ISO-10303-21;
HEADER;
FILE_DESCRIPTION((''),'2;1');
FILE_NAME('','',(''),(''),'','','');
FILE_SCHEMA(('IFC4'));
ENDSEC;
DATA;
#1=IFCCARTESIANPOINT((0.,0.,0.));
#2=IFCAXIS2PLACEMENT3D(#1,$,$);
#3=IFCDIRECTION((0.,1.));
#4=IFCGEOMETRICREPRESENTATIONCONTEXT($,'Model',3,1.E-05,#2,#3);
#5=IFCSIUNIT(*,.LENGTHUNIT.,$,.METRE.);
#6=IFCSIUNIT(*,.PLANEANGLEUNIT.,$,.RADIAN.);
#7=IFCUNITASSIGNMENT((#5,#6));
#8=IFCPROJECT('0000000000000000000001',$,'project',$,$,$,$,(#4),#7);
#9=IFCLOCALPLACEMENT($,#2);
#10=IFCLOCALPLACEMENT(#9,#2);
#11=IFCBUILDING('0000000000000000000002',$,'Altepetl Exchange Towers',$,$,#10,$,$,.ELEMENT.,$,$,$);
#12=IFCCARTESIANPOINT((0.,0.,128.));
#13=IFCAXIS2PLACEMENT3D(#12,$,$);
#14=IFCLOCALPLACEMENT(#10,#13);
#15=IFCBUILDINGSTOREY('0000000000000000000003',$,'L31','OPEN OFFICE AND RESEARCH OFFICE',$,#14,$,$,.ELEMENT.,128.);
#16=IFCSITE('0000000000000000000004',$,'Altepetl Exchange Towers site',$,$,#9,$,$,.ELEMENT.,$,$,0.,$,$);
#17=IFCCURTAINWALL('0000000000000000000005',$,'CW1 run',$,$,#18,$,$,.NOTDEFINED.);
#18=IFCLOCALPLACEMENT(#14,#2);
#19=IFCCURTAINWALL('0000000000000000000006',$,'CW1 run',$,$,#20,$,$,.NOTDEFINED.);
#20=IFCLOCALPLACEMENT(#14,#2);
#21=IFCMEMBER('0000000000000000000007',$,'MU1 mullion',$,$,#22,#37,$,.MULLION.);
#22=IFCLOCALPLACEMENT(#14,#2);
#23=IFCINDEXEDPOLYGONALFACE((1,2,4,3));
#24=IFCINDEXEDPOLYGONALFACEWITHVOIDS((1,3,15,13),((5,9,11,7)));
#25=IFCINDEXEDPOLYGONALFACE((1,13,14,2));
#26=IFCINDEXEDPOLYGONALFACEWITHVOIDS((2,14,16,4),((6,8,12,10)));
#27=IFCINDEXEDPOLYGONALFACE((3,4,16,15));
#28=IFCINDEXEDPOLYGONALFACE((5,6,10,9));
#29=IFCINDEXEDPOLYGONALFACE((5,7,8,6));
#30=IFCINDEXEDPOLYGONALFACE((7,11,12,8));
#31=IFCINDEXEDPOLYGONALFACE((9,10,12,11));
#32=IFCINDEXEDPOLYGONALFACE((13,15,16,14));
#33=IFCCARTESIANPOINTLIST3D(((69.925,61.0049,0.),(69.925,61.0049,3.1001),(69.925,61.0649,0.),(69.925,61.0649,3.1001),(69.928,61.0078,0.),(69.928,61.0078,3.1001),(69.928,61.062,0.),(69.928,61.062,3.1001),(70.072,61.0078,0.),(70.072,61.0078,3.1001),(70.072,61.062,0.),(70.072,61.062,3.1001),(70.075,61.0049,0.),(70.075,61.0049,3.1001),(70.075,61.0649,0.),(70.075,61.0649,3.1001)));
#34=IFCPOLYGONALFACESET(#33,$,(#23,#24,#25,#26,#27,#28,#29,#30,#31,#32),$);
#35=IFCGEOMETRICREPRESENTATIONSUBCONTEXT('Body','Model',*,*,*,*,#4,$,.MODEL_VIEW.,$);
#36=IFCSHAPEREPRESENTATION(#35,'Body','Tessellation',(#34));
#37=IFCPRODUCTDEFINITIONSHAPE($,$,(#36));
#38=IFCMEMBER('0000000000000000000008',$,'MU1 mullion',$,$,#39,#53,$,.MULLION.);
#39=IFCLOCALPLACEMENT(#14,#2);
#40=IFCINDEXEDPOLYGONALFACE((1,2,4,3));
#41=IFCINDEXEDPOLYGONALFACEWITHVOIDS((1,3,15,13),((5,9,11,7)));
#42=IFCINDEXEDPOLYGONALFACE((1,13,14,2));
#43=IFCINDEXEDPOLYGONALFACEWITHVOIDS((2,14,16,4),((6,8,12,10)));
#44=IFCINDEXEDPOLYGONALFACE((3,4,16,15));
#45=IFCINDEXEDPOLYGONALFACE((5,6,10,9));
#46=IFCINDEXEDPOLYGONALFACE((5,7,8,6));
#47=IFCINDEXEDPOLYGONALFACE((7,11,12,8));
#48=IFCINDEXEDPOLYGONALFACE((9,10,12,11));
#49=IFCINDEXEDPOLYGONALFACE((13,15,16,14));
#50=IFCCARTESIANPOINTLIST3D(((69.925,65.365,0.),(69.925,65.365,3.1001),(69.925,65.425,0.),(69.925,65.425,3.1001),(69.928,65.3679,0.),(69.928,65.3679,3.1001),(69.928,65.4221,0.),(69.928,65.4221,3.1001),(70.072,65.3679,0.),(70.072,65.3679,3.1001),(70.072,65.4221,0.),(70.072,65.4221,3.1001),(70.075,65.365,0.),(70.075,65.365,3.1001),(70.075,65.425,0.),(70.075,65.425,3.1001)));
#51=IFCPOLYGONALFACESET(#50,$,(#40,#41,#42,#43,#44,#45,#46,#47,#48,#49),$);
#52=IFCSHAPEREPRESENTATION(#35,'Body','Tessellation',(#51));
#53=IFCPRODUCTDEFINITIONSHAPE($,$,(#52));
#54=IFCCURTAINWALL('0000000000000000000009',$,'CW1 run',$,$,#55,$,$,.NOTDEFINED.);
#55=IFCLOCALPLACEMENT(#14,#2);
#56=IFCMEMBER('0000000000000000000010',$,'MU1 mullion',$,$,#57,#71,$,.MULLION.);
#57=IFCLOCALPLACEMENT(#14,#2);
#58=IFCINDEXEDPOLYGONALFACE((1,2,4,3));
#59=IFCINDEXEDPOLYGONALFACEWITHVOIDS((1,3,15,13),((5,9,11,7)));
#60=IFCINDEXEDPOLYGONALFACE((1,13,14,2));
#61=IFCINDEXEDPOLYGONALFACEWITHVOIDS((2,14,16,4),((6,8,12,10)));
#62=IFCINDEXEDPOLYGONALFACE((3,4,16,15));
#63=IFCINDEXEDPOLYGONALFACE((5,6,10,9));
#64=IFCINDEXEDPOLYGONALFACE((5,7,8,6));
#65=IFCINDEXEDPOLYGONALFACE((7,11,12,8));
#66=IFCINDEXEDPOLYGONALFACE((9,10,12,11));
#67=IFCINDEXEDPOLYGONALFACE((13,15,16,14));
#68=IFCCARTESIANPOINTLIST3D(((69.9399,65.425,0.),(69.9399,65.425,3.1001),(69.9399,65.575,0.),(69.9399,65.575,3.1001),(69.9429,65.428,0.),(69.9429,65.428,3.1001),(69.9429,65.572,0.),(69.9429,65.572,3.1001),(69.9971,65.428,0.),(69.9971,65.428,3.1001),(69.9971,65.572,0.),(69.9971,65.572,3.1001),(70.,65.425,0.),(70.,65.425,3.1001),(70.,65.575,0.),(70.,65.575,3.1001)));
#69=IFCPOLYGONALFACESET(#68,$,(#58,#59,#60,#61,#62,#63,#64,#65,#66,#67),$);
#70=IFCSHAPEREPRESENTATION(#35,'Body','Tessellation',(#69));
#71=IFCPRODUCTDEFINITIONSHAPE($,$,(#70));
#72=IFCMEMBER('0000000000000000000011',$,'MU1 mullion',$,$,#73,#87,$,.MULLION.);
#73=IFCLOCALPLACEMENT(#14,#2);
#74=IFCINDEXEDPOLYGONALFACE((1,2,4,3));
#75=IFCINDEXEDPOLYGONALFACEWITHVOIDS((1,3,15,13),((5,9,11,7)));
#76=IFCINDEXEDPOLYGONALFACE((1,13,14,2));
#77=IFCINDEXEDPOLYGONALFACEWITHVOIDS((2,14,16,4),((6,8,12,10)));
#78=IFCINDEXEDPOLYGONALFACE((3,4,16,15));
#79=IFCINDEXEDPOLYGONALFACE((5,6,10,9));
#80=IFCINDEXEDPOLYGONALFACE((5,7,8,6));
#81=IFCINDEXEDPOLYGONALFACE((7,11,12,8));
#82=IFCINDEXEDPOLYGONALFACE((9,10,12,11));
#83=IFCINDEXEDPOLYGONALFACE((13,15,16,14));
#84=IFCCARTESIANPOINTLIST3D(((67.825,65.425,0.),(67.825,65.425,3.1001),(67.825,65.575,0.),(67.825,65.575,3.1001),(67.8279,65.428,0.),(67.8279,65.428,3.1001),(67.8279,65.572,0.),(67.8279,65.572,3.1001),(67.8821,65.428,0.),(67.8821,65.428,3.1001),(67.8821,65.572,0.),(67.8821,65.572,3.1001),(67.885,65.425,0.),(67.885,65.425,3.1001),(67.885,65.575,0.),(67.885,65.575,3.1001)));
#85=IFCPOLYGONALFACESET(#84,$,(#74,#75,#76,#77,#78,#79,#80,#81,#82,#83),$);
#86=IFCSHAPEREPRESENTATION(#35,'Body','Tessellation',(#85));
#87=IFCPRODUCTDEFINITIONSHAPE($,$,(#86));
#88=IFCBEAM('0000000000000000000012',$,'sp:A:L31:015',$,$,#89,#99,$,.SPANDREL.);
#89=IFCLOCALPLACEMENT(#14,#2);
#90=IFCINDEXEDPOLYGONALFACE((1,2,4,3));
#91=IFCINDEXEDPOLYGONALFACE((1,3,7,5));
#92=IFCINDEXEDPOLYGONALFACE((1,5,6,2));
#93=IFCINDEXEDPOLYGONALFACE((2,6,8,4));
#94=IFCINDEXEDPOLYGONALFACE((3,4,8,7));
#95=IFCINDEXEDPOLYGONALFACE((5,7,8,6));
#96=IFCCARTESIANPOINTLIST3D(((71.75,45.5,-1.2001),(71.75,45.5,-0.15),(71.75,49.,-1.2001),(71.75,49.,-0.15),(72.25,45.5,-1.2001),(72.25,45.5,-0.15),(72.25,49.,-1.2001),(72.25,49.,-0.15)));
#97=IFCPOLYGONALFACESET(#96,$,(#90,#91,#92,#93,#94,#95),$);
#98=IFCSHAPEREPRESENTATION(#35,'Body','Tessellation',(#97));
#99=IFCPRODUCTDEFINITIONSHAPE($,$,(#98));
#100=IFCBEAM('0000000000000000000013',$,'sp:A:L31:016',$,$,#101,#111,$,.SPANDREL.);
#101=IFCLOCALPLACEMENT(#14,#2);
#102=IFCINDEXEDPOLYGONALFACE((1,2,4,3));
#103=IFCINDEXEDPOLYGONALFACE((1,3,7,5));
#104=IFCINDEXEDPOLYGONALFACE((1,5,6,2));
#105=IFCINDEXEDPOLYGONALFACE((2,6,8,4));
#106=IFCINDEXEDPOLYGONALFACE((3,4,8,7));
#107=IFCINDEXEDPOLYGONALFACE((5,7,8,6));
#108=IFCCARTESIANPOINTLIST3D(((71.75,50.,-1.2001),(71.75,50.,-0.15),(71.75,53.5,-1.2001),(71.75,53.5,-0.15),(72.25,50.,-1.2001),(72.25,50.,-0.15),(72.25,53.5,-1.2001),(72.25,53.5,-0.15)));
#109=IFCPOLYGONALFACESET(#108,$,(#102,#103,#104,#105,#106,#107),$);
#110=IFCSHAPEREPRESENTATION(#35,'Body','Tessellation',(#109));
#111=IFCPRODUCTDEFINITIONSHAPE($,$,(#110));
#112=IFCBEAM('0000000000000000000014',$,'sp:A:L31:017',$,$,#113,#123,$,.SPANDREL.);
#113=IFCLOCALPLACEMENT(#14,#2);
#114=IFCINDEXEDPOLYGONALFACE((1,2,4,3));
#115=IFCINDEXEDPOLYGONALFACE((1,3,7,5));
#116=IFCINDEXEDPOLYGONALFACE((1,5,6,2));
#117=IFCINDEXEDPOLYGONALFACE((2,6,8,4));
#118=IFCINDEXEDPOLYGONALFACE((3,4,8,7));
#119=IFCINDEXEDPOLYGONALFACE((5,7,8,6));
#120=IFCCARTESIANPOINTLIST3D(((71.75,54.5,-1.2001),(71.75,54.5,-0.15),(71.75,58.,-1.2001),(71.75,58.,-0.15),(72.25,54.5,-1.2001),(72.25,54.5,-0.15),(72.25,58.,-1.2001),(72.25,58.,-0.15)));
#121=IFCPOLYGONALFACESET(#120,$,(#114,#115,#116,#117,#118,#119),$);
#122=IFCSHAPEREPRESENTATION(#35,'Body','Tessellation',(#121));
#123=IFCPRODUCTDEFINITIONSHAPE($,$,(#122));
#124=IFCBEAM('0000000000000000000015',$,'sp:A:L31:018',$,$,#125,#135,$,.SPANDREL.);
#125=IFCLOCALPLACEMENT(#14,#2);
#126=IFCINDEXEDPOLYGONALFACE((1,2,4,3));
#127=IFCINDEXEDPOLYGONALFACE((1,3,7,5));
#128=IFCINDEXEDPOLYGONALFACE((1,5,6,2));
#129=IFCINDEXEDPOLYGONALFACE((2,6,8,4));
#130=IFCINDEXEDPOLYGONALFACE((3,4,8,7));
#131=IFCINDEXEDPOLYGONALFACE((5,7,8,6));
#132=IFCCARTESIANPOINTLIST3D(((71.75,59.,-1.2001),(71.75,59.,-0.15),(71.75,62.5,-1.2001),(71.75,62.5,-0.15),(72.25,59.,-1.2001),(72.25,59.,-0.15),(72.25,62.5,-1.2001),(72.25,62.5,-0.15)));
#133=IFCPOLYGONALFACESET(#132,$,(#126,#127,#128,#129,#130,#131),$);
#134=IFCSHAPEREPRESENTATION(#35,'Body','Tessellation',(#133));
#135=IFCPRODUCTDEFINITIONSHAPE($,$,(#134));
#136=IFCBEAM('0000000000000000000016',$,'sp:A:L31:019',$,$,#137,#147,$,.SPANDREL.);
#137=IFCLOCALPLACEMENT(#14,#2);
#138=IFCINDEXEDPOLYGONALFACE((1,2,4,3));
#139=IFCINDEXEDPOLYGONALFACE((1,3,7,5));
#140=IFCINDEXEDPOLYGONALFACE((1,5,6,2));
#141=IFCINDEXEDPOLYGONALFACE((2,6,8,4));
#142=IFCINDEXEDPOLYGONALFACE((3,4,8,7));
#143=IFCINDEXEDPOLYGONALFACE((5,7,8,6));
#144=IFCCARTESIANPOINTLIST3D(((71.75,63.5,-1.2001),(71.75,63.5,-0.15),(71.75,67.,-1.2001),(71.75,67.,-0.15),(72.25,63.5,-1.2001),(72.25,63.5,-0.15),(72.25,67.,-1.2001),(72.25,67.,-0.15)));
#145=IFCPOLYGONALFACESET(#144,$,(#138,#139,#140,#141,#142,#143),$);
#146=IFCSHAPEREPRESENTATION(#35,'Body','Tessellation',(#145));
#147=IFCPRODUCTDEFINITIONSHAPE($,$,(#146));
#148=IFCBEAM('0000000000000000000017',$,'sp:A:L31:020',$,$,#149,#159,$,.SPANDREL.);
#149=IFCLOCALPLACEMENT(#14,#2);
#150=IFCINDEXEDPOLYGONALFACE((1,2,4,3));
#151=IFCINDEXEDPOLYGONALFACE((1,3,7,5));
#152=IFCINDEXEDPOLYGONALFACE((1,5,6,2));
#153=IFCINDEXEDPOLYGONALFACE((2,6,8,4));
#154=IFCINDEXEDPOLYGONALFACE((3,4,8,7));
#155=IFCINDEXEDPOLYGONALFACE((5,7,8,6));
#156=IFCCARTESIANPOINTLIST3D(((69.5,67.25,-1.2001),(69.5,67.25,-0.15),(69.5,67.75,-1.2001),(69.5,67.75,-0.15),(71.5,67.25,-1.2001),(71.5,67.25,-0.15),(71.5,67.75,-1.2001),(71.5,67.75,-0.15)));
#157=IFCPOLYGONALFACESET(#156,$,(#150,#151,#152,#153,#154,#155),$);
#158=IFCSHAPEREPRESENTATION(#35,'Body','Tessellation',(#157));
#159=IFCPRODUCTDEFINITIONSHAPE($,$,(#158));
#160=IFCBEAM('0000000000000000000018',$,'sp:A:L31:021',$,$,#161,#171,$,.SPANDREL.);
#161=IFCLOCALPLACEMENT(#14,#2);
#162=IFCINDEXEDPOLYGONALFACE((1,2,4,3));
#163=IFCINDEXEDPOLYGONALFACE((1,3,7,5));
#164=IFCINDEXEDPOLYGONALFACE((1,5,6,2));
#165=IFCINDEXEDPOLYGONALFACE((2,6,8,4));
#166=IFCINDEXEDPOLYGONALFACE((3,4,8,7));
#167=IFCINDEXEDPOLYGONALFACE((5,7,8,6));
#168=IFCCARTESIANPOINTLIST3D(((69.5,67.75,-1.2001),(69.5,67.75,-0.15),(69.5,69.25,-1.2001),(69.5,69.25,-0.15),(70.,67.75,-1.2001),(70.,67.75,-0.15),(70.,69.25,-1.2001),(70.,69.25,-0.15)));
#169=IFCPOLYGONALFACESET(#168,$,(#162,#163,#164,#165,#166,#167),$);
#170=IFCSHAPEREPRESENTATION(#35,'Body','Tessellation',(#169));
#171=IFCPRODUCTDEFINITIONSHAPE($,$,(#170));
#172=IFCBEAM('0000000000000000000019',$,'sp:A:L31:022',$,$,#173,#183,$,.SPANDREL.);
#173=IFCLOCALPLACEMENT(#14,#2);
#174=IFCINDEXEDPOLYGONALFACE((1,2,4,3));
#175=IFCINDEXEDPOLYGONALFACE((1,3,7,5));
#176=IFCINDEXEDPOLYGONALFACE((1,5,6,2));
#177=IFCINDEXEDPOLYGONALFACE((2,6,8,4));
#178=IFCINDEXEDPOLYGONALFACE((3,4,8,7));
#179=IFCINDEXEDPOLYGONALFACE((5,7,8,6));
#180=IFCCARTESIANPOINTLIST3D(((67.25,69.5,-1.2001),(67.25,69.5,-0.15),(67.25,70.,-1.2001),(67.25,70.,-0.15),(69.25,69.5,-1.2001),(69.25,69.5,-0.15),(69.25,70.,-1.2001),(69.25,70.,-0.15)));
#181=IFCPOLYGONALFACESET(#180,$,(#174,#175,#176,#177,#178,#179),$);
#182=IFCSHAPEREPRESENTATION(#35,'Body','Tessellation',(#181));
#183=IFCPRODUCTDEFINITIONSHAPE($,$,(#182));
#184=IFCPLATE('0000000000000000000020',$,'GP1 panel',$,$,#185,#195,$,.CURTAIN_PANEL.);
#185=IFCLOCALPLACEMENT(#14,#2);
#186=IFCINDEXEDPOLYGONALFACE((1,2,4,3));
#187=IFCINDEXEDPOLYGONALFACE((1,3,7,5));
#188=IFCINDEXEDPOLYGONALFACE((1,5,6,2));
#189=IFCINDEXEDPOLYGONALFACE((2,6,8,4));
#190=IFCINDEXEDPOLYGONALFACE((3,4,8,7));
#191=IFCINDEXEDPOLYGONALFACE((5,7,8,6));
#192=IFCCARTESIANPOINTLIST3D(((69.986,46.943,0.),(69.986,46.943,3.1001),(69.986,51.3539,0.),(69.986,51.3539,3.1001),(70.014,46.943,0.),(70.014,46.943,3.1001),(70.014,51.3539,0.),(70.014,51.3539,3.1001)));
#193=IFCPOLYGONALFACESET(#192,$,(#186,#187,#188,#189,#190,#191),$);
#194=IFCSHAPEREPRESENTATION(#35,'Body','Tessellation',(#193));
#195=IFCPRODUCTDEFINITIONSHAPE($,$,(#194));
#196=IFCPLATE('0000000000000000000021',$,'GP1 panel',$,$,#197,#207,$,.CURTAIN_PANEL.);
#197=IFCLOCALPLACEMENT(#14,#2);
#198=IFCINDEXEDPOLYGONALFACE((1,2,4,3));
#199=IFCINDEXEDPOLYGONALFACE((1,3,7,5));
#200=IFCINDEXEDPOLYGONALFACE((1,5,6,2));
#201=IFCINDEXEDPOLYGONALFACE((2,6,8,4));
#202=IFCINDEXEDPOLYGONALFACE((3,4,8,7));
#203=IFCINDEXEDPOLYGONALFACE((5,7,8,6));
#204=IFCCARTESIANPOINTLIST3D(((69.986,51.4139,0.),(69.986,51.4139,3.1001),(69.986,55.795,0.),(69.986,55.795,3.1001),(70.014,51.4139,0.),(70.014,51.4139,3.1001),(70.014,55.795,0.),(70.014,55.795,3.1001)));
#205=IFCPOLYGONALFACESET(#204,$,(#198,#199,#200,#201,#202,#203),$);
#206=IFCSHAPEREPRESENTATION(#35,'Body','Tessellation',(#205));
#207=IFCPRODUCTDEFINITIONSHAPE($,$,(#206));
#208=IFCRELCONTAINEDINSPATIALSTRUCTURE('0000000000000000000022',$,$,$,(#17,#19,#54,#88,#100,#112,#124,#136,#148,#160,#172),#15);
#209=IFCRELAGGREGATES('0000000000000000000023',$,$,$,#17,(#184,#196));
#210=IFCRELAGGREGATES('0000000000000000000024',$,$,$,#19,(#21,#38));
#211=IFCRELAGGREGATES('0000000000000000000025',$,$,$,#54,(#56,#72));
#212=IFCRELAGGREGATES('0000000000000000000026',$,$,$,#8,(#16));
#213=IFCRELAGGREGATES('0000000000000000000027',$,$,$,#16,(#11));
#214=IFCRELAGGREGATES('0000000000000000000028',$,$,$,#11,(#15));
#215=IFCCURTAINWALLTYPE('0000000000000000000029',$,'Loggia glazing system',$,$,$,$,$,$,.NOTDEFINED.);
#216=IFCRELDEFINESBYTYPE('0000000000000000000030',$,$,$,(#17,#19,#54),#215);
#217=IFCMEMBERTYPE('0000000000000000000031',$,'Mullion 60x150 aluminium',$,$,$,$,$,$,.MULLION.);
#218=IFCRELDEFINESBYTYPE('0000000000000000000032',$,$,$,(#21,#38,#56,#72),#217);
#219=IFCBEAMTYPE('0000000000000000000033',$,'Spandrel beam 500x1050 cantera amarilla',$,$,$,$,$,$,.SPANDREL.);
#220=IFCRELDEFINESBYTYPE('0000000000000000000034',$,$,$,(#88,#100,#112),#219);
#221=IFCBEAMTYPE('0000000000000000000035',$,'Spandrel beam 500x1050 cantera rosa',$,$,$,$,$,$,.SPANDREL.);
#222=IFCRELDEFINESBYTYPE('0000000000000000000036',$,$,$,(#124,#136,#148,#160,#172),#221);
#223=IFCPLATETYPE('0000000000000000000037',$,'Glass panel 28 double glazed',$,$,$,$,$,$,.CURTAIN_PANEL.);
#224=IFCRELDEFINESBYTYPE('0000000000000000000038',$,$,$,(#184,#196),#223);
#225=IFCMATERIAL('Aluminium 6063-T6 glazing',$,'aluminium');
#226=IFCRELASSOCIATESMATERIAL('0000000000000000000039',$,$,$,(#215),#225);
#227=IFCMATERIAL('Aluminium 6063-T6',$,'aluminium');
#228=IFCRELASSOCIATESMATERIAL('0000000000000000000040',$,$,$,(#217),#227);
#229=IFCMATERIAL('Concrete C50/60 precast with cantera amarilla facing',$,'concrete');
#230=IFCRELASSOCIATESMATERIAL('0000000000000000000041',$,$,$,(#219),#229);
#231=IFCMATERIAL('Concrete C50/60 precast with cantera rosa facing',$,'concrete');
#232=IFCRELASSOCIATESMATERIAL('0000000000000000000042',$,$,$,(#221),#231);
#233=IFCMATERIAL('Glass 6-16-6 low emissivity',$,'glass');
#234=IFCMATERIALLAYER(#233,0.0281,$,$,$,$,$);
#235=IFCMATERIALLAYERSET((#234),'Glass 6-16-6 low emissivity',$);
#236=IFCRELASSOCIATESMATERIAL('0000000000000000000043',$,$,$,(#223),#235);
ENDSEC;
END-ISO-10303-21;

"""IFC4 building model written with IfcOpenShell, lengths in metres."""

from ifc_helpers import new_model, si_unit, direction, frame, origin, origin_2d, place, context, subcontext, project, spatial, rectangle, hollow_rectangle, extrude, material, layer, layer_set, material_profile, profile_set, type_object, element, aggregate, save


model = new_model("IFC4")

# Units and contexts
model_context = context("Model", 3, precision=1e-05, world=origin(), true_north=direction((0.0, 1.0)))
body_context = subcontext(model_context, "Body", "Model", "MODEL_VIEW")
ifc_project = project(units=[si_unit("LENGTHUNIT", "METRE"), si_unit("PLANEANGLEUNIT", "RADIAN")], contexts=[model_context])

# Site, building, storey
site_placement = place(None, origin())
site = spatial("IfcSite", under=ifc_project, at=site_placement, Name="Altepetl Exchange Towers site", CompositionType="ELEMENT", RefElevation=0.0)
building_placement = place(site_placement, origin())
building = spatial("IfcBuilding", under=site, at=building_placement, Name="Altepetl Exchange Towers", CompositionType="ELEMENT")
storey_placement = place(building_placement, frame((0.0, 0.0, 128.0)))
storey = spatial("IfcBuildingStorey", under=building, at=storey_placement, Name="L31", Description="OPEN OFFICE AND RESEARCH OFFICE", CompositionType="ELEMENT", Elevation=128.0)

# Curtain walls, members
ifc_material_1 = material(Name="Aluminium 6063-T6 glazing", Category="aluminium")
curtain_wall_type = type_object("IfcCurtainWallType", Name="Loggia glazing system", PredefinedType="NOTDEFINED", material=ifc_material_1)
curtain_wall_1_placement = place(storey_placement, origin())
curtain_wall_1 = element("IfcCurtainWall", 1, at=curtain_wall_1_placement, inside=storey, type_object=curtain_wall_type, Name="CW1 run", PredefinedType="NOTDEFINED")
ifc_material_2 = material(Name="Aluminium 6063-T6", Category="aluminium")
ifc_material_profile_1 = material_profile(ifc_material_2, hollow_rectangle(XDim=0.0601, YDim=0.1499, WallThickness=0.0029, at=origin_2d()), Name="Mullion 60x150 aluminium")
ifc_profile_set_1 = profile_set([ifc_material_profile_1], Name="Aluminium 6063-T6")
member_type = type_object("IfcMemberType", Name="Mullion 60x150 aluminium", PredefinedType="MULLION", material=ifc_profile_set_1)
curtain_wall_2_placement = place(storey_placement, origin())
curtain_wall_2 = element("IfcCurtainWall", 2, at=curtain_wall_2_placement, inside=storey, type_object=curtain_wall_type, Name="CW1 run", PredefinedType="NOTDEFINED")
member_1_placement = place(storey_placement, frame((70.0, 61.0349, 0.0), z_axis=(0.0, 0.0, 1.0), x_axis=(0.0, 1.0, 0.0)))
member_1 = element("IfcMember", 3, at=member_1_placement, type_object=member_type, Name="MU1 mullion", PredefinedType="MULLION", context=body_context, shape_type="SweptSolid", body=[
    extrude(hollow_rectangle(XDim=0.0601, YDim=0.1499, WallThickness=0.0029, at=origin_2d()), origin(), (0.0, 0.0, 1.0), 3.1001),
])
member_2_placement = place(storey_placement, frame((70.0, 65.395, 0.0), z_axis=(0.0, 0.0, 1.0), x_axis=(0.0, 1.0, 0.0)))
member_2 = element("IfcMember", 4, at=member_2_placement, type_object=member_type, Name="MU1 mullion", PredefinedType="MULLION", context=body_context, shape_type="SweptSolid", body=[
    extrude(hollow_rectangle(XDim=0.0601, YDim=0.1499, WallThickness=0.0029, at=origin_2d()), origin(), (0.0, 0.0, 1.0), 3.1001),
])
curtain_wall_3_placement = place(storey_placement, origin())
curtain_wall_3 = element("IfcCurtainWall", 5, at=curtain_wall_3_placement, inside=storey, type_object=curtain_wall_type, Name="CW1 run", PredefinedType="NOTDEFINED")
member_3_placement = place(storey_placement, frame((69.97, 65.5, 0.0), z_axis=(0.0, 0.0, 1.0), x_axis=(-1.0, 0.0, 0.0)))
member_3 = element("IfcMember", 6, at=member_3_placement, type_object=member_type, Name="MU1 mullion", PredefinedType="MULLION", context=body_context, shape_type="SweptSolid", body=[
    extrude(hollow_rectangle(XDim=0.0601, YDim=0.1499, WallThickness=0.0029, at=origin_2d()), origin(), (0.0, 0.0, 1.0), 3.1001),
])
member_4_placement = place(storey_placement, frame((67.855, 65.5, 0.0), z_axis=(0.0, 0.0, 1.0), x_axis=(-1.0, 0.0, 0.0)))
member_4 = element("IfcMember", 7, at=member_4_placement, type_object=member_type, Name="MU1 mullion", PredefinedType="MULLION", context=body_context, shape_type="SweptSolid", body=[
    extrude(hollow_rectangle(XDim=0.0601, YDim=0.1499, WallThickness=0.0029, at=origin_2d()), origin(), (0.0, 0.0, 1.0), 3.1001),
])

# Beams
ifc_material_3 = material(Name="Concrete C50/60 precast with cantera amarilla facing", Category="concrete")
ifc_material_profile_2 = material_profile(ifc_material_3, rectangle(XDim=0.5, YDim=1.05, at=origin_2d()), Name="500 x 1050")
ifc_profile_set_2 = profile_set([ifc_material_profile_2], Name="Concrete C50/60 precast with cantera amarilla facing")
beam_type_1 = type_object("IfcBeamType", Name="Spandrel beam 500x1050 cantera amarilla", PredefinedType="SPANDREL", material=ifc_profile_set_2)
for number, where, z_axis, x_axis, name in (
    (8, (72.0, 45.5, -0.675), (0.0, 1.0, 0.0), (-1.0, 0.0, 0.0), "sp:A:L31:015"),
    (9, (72.0, 50.0, -0.675), (0.0, 1.0, 0.0), (-1.0, 0.0, 0.0), "sp:A:L31:016"),
    (10, (72.0, 54.5, -0.675), (0.0, 1.0, 0.0), (-1.0, 0.0, 0.0), "sp:A:L31:017"),
):
    element("IfcBeam", number, at=place(storey_placement, frame(where, z_axis=z_axis, x_axis=x_axis)), inside=storey, type_object=beam_type_1, Name=name, PredefinedType="SPANDREL", context=body_context, shape_type="SweptSolid", body=[
        extrude(rectangle(XDim=0.5, YDim=1.05, at=origin_2d()), origin(), (0.0, 0.0, 1.0), 3.5),
    ])
ifc_material_4 = material(Name="Concrete C50/60 precast with cantera rosa facing", Category="concrete")
ifc_material_profile_3 = material_profile(ifc_material_4, rectangle(XDim=0.5, YDim=1.05, at=origin_2d()), Name="500 x 1050")
ifc_profile_set_3 = profile_set([ifc_material_profile_3], Name="Concrete C50/60 precast with cantera rosa facing")
beam_type_2 = type_object("IfcBeamType", Name="Spandrel beam 500x1050 cantera rosa", PredefinedType="SPANDREL", material=ifc_profile_set_3)
for number, where, z_axis, x_axis, name in (
    (11, (72.0, 59.0, -0.675), (0.0, 1.0, 0.0), (-1.0, 0.0, 0.0), "sp:A:L31:018"),
    (12, (72.0, 63.5, -0.675), (0.0, 1.0, 0.0), (-1.0, 0.0, 0.0), "sp:A:L31:019"),
):
    element("IfcBeam", number, at=place(storey_placement, frame(where, z_axis=z_axis, x_axis=x_axis)), inside=storey, type_object=beam_type_2, Name=name, PredefinedType="SPANDREL", context=body_context, shape_type="SweptSolid", body=[
        extrude(rectangle(XDim=0.5, YDim=1.05, at=origin_2d()), origin(), (0.0, 0.0, 1.0), 3.5),
    ])
beam_1_placement = place(storey_placement, frame((71.5, 67.5, -0.675), z_axis=(-1.0, 0.0, 0.0), x_axis=(0.0, -1.0, 0.0)))
element("IfcBeam", 13, at=beam_1_placement, inside=storey, type_object=beam_type_2, Name="sp:A:L31:020", PredefinedType="SPANDREL", context=body_context, shape_type="SweptSolid", body=[
    extrude(rectangle(XDim=0.5, YDim=1.05, at=origin_2d()), origin(), (0.0, 0.0, 1.0), 2.0),
])
beam_2_placement = place(storey_placement, frame((69.75, 67.75, -0.675), z_axis=(0.0, 1.0, 0.0), x_axis=(-1.0, 0.0, 0.0)))
element("IfcBeam", 14, at=beam_2_placement, inside=storey, type_object=beam_type_2, Name="sp:A:L31:021", PredefinedType="SPANDREL", context=body_context, shape_type="SweptSolid", body=[
    extrude(rectangle(XDim=0.5, YDim=1.05, at=origin_2d()), origin(), (0.0, 0.0, 1.0), 1.5),
])
beam_3_placement = place(storey_placement, frame((69.25, 69.75, -0.675), z_axis=(-1.0, 0.0, 0.0), x_axis=(0.0, -1.0, 0.0)))
element("IfcBeam", 15, at=beam_3_placement, inside=storey, type_object=beam_type_2, Name="sp:A:L31:022", PredefinedType="SPANDREL", context=body_context, shape_type="SweptSolid", body=[
    extrude(rectangle(XDim=0.5, YDim=1.05, at=origin_2d()), origin(), (0.0, 0.0, 1.0), 2.0),
])

# Plates
ifc_material_5 = material(Name="Glass 6-16-6 low emissivity", Category="glass")
ifc_layer = layer(ifc_material_5, 0.0281)
ifc_layer_set = layer_set([ifc_layer], Name="Glass 6-16-6 low emissivity")
plate_type = type_object("IfcPlateType", Name="Glass panel 28 double glazed", PredefinedType="CURTAIN_PANEL", material=ifc_layer_set)
plate_1_placement = place(storey_placement, frame((70.0, 49.1484, 0.0), z_axis=(0.0, 0.0, 1.0), x_axis=(0.0, 1.0, 0.0)))
plate_1 = element("IfcPlate", 16, at=plate_1_placement, type_object=plate_type, Name="GP1 panel", PredefinedType="CURTAIN_PANEL", context=body_context, shape_type="SweptSolid", body=[
    extrude(rectangle(XDim=4.4109, YDim=0.0281, at=origin_2d()), origin(), (0.0, 0.0, 1.0), 3.1001),
])
plate_2_placement = place(storey_placement, frame((70.0, 53.6045, 0.0), z_axis=(0.0, 0.0, 1.0), x_axis=(0.0, 1.0, 0.0)))
plate_2 = element("IfcPlate", 17, at=plate_2_placement, type_object=plate_type, Name="GP1 panel", PredefinedType="CURTAIN_PANEL", context=body_context, shape_type="SweptSolid", body=[
    extrude(rectangle(XDim=4.3811, YDim=0.0281, at=origin_2d()), origin(), (0.0, 0.0, 1.0), 3.1001),
])
aggregate(curtain_wall_1, [plate_1, plate_2])
aggregate(curtain_wall_2, [member_1, member_2])
aggregate(curtain_wall_3, [member_3, member_4])

save(model, "model.ifc")
